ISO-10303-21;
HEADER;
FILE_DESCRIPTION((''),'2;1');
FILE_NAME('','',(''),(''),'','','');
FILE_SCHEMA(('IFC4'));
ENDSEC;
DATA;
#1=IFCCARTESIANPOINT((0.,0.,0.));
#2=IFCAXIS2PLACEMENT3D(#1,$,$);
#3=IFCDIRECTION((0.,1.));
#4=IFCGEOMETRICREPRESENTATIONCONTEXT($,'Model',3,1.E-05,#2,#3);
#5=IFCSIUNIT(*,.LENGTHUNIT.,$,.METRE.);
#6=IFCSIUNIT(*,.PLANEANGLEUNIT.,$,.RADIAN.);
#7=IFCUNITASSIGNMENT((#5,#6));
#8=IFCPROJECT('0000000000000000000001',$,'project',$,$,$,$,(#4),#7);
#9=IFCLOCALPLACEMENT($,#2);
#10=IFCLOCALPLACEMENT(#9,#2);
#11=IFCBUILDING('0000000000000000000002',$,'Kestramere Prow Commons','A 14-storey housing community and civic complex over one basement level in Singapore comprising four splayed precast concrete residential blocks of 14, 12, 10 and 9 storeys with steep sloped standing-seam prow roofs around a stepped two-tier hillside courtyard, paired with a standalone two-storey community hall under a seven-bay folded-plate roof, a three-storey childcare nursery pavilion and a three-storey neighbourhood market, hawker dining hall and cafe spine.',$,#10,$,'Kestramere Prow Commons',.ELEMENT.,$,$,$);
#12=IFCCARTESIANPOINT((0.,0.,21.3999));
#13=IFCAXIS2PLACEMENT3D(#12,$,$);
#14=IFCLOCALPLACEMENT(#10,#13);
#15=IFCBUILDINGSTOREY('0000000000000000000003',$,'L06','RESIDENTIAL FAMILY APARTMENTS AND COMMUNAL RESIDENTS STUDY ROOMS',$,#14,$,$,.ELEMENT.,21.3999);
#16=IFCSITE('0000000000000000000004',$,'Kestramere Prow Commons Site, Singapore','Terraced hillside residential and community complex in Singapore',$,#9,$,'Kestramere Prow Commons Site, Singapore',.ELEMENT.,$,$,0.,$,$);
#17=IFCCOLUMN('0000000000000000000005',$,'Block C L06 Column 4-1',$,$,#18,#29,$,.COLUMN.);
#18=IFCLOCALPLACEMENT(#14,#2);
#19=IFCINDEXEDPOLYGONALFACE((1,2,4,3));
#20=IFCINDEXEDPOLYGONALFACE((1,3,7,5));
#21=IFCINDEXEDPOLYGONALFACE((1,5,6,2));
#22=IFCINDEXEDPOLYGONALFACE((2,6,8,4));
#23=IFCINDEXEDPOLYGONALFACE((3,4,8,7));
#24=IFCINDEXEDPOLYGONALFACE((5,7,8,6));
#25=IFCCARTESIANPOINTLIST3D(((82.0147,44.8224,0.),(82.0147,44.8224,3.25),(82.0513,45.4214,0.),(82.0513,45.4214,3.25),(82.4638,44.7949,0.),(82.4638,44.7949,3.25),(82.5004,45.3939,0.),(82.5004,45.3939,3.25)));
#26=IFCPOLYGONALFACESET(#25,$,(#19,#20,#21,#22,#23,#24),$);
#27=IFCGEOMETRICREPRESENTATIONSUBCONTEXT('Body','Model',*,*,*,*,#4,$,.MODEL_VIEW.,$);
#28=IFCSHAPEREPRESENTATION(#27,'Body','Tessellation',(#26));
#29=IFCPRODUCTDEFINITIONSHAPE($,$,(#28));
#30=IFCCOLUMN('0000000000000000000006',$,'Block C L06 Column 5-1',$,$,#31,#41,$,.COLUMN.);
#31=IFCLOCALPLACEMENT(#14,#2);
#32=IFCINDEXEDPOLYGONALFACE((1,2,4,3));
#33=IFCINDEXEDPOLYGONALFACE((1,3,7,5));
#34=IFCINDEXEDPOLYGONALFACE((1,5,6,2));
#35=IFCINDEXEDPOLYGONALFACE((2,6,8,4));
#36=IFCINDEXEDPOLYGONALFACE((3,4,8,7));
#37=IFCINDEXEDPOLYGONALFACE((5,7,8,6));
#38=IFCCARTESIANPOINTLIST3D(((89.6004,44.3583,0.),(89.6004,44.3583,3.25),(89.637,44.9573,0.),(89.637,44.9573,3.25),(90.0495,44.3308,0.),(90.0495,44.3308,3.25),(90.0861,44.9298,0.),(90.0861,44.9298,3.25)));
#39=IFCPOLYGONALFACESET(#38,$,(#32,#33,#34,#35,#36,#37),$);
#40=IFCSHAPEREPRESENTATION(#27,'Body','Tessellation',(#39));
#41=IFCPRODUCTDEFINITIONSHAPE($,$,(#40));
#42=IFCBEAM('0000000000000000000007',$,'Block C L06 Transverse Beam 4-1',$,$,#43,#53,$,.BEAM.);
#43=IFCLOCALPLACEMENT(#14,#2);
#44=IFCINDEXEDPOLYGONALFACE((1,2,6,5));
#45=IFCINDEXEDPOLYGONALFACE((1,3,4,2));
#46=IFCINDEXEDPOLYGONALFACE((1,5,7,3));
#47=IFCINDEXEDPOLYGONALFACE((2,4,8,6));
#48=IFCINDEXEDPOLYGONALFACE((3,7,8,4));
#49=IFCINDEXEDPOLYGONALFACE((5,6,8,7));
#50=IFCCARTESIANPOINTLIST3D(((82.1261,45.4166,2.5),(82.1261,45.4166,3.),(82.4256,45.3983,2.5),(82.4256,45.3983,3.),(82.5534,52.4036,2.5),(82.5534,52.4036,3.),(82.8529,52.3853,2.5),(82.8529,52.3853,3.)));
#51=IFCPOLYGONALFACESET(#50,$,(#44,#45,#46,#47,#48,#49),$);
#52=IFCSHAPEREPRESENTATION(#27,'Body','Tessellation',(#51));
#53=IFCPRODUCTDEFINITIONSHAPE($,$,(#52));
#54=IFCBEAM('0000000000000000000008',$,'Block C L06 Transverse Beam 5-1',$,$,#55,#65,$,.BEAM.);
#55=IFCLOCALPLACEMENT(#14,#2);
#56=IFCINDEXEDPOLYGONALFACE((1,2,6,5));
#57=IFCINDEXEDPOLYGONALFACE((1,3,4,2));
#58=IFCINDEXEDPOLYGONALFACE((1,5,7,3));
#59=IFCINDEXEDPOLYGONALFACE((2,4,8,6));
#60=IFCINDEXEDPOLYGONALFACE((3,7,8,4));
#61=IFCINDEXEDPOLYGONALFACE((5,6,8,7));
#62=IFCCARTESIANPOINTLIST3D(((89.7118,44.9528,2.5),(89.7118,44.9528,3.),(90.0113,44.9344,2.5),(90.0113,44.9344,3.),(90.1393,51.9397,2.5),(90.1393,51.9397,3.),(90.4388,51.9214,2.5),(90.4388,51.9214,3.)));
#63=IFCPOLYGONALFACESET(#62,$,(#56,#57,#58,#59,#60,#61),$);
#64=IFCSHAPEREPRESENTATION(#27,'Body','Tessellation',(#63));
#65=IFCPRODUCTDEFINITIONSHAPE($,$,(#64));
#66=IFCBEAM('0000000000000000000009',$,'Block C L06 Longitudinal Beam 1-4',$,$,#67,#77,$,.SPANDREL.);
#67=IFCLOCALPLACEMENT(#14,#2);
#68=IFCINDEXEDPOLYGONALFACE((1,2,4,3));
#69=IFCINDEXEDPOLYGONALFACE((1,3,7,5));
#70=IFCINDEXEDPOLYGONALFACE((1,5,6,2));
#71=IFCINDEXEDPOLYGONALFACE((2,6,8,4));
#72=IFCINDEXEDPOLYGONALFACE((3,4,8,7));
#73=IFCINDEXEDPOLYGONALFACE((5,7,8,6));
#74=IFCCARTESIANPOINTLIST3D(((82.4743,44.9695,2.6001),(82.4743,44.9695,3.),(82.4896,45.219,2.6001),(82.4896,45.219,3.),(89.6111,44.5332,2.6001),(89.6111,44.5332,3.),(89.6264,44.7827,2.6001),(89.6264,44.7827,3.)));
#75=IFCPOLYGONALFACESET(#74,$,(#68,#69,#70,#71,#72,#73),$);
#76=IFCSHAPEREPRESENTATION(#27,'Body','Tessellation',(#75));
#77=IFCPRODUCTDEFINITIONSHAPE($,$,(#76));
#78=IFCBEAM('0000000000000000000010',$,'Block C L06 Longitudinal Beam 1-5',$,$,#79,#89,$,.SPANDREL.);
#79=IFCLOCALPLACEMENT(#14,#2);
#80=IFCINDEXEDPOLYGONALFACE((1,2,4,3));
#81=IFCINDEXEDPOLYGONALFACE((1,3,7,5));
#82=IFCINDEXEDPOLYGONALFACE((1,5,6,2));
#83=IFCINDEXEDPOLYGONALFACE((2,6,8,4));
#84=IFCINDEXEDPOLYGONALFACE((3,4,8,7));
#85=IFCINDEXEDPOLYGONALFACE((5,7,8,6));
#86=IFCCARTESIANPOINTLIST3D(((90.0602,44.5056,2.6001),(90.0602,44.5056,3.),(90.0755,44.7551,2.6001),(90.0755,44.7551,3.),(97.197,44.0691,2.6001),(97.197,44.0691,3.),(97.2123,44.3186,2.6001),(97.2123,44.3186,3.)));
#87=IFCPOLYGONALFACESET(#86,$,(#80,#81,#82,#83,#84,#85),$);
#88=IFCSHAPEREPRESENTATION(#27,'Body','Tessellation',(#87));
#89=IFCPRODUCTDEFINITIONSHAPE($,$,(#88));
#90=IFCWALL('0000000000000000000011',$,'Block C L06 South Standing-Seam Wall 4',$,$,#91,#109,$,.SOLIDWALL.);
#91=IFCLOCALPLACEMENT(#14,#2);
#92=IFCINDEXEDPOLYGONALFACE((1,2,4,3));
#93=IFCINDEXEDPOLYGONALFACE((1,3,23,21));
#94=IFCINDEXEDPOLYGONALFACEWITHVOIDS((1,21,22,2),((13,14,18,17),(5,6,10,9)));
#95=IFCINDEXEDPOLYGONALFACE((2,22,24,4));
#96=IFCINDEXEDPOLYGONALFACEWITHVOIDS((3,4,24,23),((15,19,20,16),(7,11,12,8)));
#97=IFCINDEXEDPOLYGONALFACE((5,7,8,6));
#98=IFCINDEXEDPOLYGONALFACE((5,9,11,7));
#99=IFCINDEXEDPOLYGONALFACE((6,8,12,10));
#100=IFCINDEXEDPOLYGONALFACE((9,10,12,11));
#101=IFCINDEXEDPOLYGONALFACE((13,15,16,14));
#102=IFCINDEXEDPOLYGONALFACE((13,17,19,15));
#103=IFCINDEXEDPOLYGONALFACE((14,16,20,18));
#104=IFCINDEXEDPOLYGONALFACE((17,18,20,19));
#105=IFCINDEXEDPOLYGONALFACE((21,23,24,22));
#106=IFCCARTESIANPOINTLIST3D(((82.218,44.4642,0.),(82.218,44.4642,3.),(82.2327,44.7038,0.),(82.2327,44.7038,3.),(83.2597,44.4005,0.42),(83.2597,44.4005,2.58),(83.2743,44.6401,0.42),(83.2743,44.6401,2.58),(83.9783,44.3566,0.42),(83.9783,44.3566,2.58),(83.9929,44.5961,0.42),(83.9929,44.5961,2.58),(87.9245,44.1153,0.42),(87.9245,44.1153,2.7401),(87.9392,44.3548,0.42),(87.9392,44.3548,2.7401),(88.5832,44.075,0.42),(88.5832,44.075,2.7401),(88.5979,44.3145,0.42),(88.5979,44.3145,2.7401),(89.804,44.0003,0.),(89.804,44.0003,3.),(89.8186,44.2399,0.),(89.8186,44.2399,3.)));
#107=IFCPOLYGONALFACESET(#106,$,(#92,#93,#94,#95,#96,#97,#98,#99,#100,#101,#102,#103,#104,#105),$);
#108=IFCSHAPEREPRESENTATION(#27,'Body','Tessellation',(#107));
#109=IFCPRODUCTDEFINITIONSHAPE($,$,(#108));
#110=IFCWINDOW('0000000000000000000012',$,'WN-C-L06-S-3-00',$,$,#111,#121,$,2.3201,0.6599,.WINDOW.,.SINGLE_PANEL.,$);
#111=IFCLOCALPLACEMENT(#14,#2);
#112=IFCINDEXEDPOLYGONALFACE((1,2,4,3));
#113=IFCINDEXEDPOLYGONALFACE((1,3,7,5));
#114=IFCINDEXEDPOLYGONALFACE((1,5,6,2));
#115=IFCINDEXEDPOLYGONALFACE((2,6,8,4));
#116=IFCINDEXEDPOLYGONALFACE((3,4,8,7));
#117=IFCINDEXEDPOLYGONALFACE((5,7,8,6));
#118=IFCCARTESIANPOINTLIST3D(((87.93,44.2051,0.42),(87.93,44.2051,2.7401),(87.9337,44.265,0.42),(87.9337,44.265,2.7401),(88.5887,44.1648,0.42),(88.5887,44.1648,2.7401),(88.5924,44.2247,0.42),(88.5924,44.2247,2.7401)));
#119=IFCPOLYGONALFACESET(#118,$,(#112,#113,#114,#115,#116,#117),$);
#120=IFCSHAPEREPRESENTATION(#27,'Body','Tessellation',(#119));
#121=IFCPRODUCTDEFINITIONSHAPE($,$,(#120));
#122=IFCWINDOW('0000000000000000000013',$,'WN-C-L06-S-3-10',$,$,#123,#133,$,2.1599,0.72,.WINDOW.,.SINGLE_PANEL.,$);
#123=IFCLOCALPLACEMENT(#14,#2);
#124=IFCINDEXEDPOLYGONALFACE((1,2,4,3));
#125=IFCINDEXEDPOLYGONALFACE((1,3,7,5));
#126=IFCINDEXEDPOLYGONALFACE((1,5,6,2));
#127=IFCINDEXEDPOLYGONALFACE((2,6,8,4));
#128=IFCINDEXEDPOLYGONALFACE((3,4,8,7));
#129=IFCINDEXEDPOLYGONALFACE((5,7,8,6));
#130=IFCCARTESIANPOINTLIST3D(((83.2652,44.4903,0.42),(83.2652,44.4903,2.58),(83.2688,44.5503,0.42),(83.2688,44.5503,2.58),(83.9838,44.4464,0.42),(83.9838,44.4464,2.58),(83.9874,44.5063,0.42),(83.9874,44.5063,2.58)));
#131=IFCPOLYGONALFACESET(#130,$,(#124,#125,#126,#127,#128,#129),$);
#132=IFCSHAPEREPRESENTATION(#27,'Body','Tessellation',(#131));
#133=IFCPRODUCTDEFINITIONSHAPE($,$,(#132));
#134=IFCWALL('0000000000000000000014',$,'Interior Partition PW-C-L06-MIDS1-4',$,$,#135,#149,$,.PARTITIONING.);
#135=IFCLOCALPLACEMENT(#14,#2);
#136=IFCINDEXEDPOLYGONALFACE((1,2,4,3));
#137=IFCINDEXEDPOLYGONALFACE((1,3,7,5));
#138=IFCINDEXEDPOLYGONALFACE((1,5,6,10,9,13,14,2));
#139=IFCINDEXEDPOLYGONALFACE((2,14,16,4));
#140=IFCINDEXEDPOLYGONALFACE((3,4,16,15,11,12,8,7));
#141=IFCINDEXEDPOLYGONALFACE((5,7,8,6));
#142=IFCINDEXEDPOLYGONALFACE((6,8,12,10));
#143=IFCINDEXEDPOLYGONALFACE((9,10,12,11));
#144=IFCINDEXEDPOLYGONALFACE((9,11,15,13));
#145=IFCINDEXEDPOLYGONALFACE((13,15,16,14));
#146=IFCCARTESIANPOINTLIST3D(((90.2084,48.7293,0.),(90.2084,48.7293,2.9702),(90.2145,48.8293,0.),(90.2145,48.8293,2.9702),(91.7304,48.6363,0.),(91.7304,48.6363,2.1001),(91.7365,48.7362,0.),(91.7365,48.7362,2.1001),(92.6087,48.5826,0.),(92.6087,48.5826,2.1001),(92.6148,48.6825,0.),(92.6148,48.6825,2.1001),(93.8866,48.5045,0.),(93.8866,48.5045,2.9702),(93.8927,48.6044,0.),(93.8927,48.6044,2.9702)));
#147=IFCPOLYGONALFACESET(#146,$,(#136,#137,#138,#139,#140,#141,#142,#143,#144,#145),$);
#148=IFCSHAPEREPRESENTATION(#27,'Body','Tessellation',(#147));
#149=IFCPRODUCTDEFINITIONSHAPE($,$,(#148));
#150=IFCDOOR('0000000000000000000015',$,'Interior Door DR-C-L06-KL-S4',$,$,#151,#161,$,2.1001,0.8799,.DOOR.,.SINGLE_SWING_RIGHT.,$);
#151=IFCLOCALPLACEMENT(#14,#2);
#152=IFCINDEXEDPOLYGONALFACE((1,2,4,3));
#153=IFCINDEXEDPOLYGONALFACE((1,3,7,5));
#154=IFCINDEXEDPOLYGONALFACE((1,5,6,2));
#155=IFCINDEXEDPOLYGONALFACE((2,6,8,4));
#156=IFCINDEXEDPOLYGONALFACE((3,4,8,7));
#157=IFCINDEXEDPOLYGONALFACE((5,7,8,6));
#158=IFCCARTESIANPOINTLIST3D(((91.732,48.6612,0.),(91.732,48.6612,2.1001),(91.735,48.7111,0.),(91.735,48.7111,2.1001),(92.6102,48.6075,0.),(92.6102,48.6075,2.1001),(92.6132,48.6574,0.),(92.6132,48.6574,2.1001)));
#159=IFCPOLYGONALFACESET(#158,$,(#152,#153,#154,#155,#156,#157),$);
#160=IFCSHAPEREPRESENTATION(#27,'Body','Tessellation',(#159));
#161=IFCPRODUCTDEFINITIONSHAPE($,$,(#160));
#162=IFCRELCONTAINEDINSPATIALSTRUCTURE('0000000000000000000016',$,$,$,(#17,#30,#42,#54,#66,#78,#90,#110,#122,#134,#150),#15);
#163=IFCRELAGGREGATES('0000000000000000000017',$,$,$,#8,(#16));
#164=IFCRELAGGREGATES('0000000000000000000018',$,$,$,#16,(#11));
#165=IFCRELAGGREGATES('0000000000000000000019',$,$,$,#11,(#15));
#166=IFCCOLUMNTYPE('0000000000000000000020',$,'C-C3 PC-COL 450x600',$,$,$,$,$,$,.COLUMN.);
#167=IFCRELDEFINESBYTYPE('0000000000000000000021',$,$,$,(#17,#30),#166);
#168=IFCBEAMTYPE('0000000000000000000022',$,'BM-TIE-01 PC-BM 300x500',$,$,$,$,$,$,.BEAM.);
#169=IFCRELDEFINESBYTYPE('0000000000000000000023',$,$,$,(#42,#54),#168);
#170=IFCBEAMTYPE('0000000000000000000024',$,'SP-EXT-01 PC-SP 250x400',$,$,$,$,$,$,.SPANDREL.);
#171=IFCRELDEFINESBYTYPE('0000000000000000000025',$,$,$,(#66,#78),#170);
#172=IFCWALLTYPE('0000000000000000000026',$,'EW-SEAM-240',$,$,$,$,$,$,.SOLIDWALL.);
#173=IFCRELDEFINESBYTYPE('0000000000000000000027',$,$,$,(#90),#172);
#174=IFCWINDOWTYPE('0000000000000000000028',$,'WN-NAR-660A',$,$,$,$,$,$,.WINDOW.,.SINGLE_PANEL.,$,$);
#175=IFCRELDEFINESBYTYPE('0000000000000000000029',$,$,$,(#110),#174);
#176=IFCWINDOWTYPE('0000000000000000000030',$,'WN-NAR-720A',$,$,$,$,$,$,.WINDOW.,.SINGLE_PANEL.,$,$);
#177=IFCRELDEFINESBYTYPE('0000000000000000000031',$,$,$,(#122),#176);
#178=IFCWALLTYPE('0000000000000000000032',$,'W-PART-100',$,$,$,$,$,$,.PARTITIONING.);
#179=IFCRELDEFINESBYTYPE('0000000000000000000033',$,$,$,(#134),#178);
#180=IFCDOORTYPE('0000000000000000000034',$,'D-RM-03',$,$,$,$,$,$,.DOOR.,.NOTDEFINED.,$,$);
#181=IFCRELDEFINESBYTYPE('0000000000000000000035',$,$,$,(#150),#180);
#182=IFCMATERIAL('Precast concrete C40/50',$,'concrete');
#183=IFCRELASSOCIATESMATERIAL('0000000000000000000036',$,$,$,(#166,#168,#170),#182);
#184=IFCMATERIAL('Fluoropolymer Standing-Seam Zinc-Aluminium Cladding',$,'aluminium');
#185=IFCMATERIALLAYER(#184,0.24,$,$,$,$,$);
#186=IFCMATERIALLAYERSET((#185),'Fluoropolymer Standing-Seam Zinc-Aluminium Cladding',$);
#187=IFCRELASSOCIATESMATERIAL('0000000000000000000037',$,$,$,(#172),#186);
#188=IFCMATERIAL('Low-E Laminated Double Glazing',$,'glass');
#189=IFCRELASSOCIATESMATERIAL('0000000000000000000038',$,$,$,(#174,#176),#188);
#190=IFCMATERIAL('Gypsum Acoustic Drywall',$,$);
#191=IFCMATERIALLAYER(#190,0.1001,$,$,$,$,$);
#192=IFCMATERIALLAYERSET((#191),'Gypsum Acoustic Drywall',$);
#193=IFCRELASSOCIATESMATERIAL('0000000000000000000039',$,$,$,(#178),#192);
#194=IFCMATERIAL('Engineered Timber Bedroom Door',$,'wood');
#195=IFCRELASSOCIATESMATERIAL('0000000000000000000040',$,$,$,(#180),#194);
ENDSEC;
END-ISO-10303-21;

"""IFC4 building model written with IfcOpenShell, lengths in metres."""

from ifc_helpers import new_model, si_unit, direction, frame, frame_2d, origin, origin_2d, place, context, subcontext, project, spatial, rectangle, extrude, material, layer, layer_set, material_profile, profile_set, type_object, element, fill, save


model = new_model("IFC4")

# Units and contexts
model_context = context("Model", 3, precision=1e-05, world=origin(), true_north=direction((0.0, 1.0)))
body_context = subcontext(model_context, "Body", "Model", "MODEL_VIEW")
ifc_project = project(units=[si_unit("LENGTHUNIT", "METRE"), si_unit("PLANEANGLEUNIT", "RADIAN")], contexts=[model_context])

# Site, building, storey
site_placement = place(None, origin())
site = spatial("IfcSite", under=ifc_project, at=site_placement, Name="Kestramere Prow Commons Site, Singapore", Description="Terraced hillside residential and community complex in Singapore", LongName="Kestramere Prow Commons Site, Singapore", CompositionType="ELEMENT", RefElevation=0.0)
building_placement = place(site_placement, origin())
building = spatial("IfcBuilding", under=site, at=building_placement, Name="Kestramere Prow Commons", Description="A 14-storey housing community and civic complex over one basement level in Singapore comprising four splayed precast concrete residential blocks of 14, 12, 10 and 9 storeys with steep sloped standing-seam prow roofs around a stepped two-tier hillside courtyard, paired with a standalone two-storey community hall under a seven-bay folded-plate roof, a three-storey childcare nursery pavilion and a three-storey neighbourhood market, hawker dining hall and cafe spine.", LongName="Kestramere Prow Commons", CompositionType="ELEMENT")
storey_placement = place(building_placement, frame((0.0, 0.0, 21.3999)))
storey = spatial("IfcBuildingStorey", under=building, at=storey_placement, Name="L06", Description="RESIDENTIAL FAMILY APARTMENTS AND COMMUNAL RESIDENTS STUDY ROOMS", CompositionType="ELEMENT", Elevation=21.3999)

# Columns
ifc_material_1 = material(Name="Precast concrete C40/50", Category="concrete")
ifc_material_profile_1 = material_profile(ifc_material_1, rectangle(XDim=0.45, YDim=0.6001, at=origin_2d()), Name="PC-COL 450x600")
ifc_profile_set_1 = profile_set([ifc_material_profile_1], Name="Precast concrete C40/50")
column_type = type_object("IfcColumnType", Name="C-C3 PC-COL 450x600", PredefinedType="COLUMN", material=ifc_profile_set_1)
for number, where, z_axis, x_axis, name in (
    (1, (82.2576, 45.1082, 0.0), (0.0, 0.0, 1.0), (0.998135, -0.061049, 0.0), "Block C L06 Column 4-1"),
    (2, (89.8433, 44.644, 0.0), (0.0, 0.0, 1.0), (0.998135, -0.061049, 0.0), "Block C L06 Column 5-1"),
):
    element("IfcColumn", number, at=place(storey_placement, frame(where, z_axis=z_axis, x_axis=x_axis)), inside=storey, type_object=column_type, Name=name, PredefinedType="COLUMN", context=body_context, shape_type="SweptSolid", body=[
        extrude(rectangle(XDim=0.45, YDim=0.6001, at=origin_2d()), origin(), (0.0, 0.0, 1.0), 3.25),
    ])

# Beams
ifc_material_profile_2 = material_profile(ifc_material_1, rectangle(XDim=0.3, YDim=0.5, at=origin_2d()), Name="PC-BM 300x500")
ifc_profile_set_2 = profile_set([ifc_material_profile_2], Name="Precast concrete C40/50")
beam_type_1 = type_object("IfcBeamType", Name="BM-TIE-01 PC-BM 300x500", PredefinedType="BEAM", material=ifc_profile_set_2)
for number, where, z_axis, x_axis, name in (
    (3, (82.2759, 45.4075, 2.75), (0.061034, 0.998136, 0.0), (-0.998136, 0.061034, 0.0), "Block C L06 Transverse Beam 4-1"),
    (4, (89.8616, 44.9436, 2.75), (0.061071, 0.998133, 0.0), (-0.998133, 0.061071, 0.0), "Block C L06 Transverse Beam 5-1"),
):
    element("IfcBeam", number, at=place(storey_placement, frame(where, z_axis=z_axis, x_axis=x_axis)), inside=storey, type_object=beam_type_1, Name=name, PredefinedType="BEAM", context=body_context, shape_type="SweptSolid", body=[
        extrude(rectangle(XDim=0.3, YDim=0.5, at=origin_2d()), origin(), (0.0, 0.0, 1.0), 7.0),
    ])
ifc_material_profile_3 = material_profile(ifc_material_1, rectangle(XDim=0.25, YDim=0.3999, at=origin_2d()), Name="PC-SP 250x400")
ifc_profile_set_3 = profile_set([ifc_material_profile_3], Name="Precast concrete C40/50")
beam_type_2 = type_object("IfcBeamType", Name="SP-EXT-01 PC-SP 250x400", PredefinedType="SPANDREL", material=ifc_profile_set_3)
for number, where, z_axis, x_axis, name in (
    (5, (82.4819, 45.0942, 2.8), (0.998137, -0.061018, 0.0), (0.061018, 0.998137, 0.0), "Block C L06 Longitudinal Beam 1-4"),
    (6, (90.0679, 44.6304, 2.8), (0.998135, -0.061052, 0.0), (0.061052, 0.998135, 0.0), "Block C L06 Longitudinal Beam 1-5"),
):
    element("IfcBeam", number, at=place(storey_placement, frame(where, z_axis=z_axis, x_axis=x_axis)), inside=storey, type_object=beam_type_2, Name=name, PredefinedType="SPANDREL", context=body_context, shape_type="SweptSolid", body=[
        extrude(rectangle(XDim=0.25, YDim=0.3999, at=origin_2d()), origin(), (0.0, 0.0, 1.0), 7.1501),
    ])

# Shared definitions
ifc_material_2 = material(Name="Fluoropolymer Standing-Seam Zinc-Aluminium Cladding", Category="aluminium")
ifc_layer_1 = layer(ifc_material_2, 0.24)
ifc_layer_set_1 = layer_set([ifc_layer_1], Name="Fluoropolymer Standing-Seam Zinc-Aluminium Cladding")
wall_type_1 = type_object("IfcWallType", Name="EW-SEAM-240", PredefinedType="SOLIDWALL", material=ifc_layer_set_1)
ifc_material_3 = material(Name="Low-E Laminated Double Glazing", Category="glass")

# Wall, openings, windows
wall_1_placement = place(storey_placement, frame((89.8113, 44.1201, 0.0), z_axis=(0.0, 0.0, 1.0), x_axis=(-0.998136, 0.061034, 0.0)))
wall_1 = element("IfcWall", 7, at=wall_1_placement, inside=storey, type_object=wall_type_1, Name="Block C L06 South Standing-Seam Wall 4", PredefinedType="SOLIDWALL", context=body_context, shape_type="SweptSolid", body=[
    extrude(rectangle(XDim=7.6001, YDim=0.24, at=frame_2d((3.8, 0.0))), origin(), (0.0, 0.0, 1.0), 3.0),
])
opening_1_placement = place(wall_1_placement, frame((1.2229, 0.0, 0.4199)))
opening_1 = element("IfcOpeningElement", 8, at=opening_1_placement, cuts=wall_1, PredefinedType="OPENING", context=body_context, shape_type="SweptSolid", body=[
    extrude(rectangle(XDim=0.6599, YDim=2.3201, at=frame_2d((0.3301, 1.1602))), frame((0.0, 0.135, 0.0), z_axis=(0.0, -1.0, 0.0), x_axis=(1.0, 0.0, 0.0)), (0.0, 0.0, 1.0), 0.27),
])
opening_2_placement = place(wall_1_placement, frame((5.8367, 0.0, 0.4199)))
opening_2 = element("IfcOpeningElement", 9, at=opening_2_placement, cuts=wall_1, PredefinedType="OPENING", context=body_context, shape_type="SweptSolid", body=[
    extrude(rectangle(XDim=0.72, YDim=2.1599, at=frame_2d((0.3599, 1.0801))), frame((0.0, 0.135, 0.0), z_axis=(0.0, -1.0, 0.0), x_axis=(1.0, 0.0, 0.0)), (0.0, 0.0, 1.0), 0.27),
])
window_type_1 = type_object("IfcWindowType", Name="WN-NAR-660A", PartitioningType="SINGLE_PANEL", PredefinedType="WINDOW", material=ifc_material_3)
window_1_placement = place(opening_1_placement, origin())
window_1 = element("IfcWindow", 10, at=window_1_placement, inside=storey, type_object=window_type_1, Name="WN-C-L06-S-3-00", OverallHeight=2.3201, OverallWidth=0.6599, PartitioningType="SINGLE_PANEL", PredefinedType="WINDOW", context=body_context, shape_type="SweptSolid", body=[
    extrude(rectangle(XDim=0.6599, YDim=2.3201, at=frame_2d((0.3301, 1.1602))), frame((0.0, 0.03, 0.0), z_axis=(0.0, -1.0, 0.0), x_axis=(1.0, 0.0, 0.0)), (0.0, 0.0, 1.0), 0.0601),
])
fill(opening_1, window_1)
window_type_2 = type_object("IfcWindowType", Name="WN-NAR-720A", PartitioningType="SINGLE_PANEL", PredefinedType="WINDOW", material=ifc_material_3)
window_2_placement = place(opening_2_placement, origin())
window_2 = element("IfcWindow", 11, at=window_2_placement, inside=storey, type_object=window_type_2, Name="WN-C-L06-S-3-10", OverallHeight=2.1599, OverallWidth=0.72, PartitioningType="SINGLE_PANEL", PredefinedType="WINDOW", context=body_context, shape_type="SweptSolid", body=[
    extrude(rectangle(XDim=0.72, YDim=2.1599, at=frame_2d((0.3599, 1.0801))), frame((0.0, 0.03, 0.0), z_axis=(0.0, -1.0, 0.0), x_axis=(1.0, 0.0, 0.0)), (0.0, 0.0, 1.0), 0.0601),
])
fill(opening_2, window_2)

# Wall, opening, door
ifc_material_4 = material(Name="Gypsum Acoustic Drywall")
ifc_layer_2 = layer(ifc_material_4, 0.1001)
ifc_layer_set_2 = layer_set([ifc_layer_2], Name="Gypsum Acoustic Drywall")
wall_type_2 = type_object("IfcWallType", Name="W-PART-100", PredefinedType="PARTITIONING", material=ifc_layer_set_2)
wall_2_placement = place(storey_placement, frame((90.2114, 48.7793, 0.0), z_axis=(0.0, 0.0, 1.0), x_axis=(0.998137, -0.061017, 0.0)))
wall_2 = element("IfcWall", 12, at=wall_2_placement, inside=storey, type_object=wall_type_2, Name="Interior Partition PW-C-L06-MIDS1-4", PredefinedType="PARTITIONING", context=body_context, shape_type="SweptSolid", body=[
    extrude(rectangle(XDim=3.6851, YDim=0.1001, at=frame_2d((1.8425, 0.0))), origin(), (0.0, 0.0, 1.0), 2.9702),
])
opening_3_placement = place(wall_2_placement, frame((1.5249, 0.0, 0.0)))
opening_3 = element("IfcOpeningElement", 13, at=opening_3_placement, cuts=wall_2, PredefinedType="OPENING", context=body_context, shape_type="SweptSolid", body=[
    extrude(rectangle(XDim=0.8799, YDim=2.1001, at=frame_2d((0.4399, 1.05))), frame((0.0, 0.0649, 0.0), z_axis=(0.0, -1.0, 0.0), x_axis=(1.0, 0.0, 0.0)), (0.0, 0.0, 1.0), 0.1301),
])
ifc_material_5 = material(Name="Engineered Timber Bedroom Door", Category="wood")
door_type_1 = type_object("IfcDoorType", Name="D-RM-03", OperationType="NOTDEFINED", PredefinedType="DOOR", material=ifc_material_5)
door_1_placement = place(opening_3_placement, origin())
door_1 = element("IfcDoor", 14, at=door_1_placement, inside=storey, type_object=door_type_1, Name="Interior Door DR-C-L06-KL-S4", OperationType="SINGLE_SWING_RIGHT", OverallHeight=2.1001, OverallWidth=0.8799, PredefinedType="DOOR", context=body_context, shape_type="SweptSolid", body=[
    extrude(rectangle(XDim=0.8799, YDim=2.1001, at=frame_2d((0.4399, 1.05))), frame((0.0, 0.0249, 0.0), z_axis=(0.0, -1.0, 0.0), x_axis=(1.0, 0.0, 0.0)), (0.0, 0.0, 1.0), 0.05),
])
fill(opening_3, door_1)

save(model, "model.ifc")
